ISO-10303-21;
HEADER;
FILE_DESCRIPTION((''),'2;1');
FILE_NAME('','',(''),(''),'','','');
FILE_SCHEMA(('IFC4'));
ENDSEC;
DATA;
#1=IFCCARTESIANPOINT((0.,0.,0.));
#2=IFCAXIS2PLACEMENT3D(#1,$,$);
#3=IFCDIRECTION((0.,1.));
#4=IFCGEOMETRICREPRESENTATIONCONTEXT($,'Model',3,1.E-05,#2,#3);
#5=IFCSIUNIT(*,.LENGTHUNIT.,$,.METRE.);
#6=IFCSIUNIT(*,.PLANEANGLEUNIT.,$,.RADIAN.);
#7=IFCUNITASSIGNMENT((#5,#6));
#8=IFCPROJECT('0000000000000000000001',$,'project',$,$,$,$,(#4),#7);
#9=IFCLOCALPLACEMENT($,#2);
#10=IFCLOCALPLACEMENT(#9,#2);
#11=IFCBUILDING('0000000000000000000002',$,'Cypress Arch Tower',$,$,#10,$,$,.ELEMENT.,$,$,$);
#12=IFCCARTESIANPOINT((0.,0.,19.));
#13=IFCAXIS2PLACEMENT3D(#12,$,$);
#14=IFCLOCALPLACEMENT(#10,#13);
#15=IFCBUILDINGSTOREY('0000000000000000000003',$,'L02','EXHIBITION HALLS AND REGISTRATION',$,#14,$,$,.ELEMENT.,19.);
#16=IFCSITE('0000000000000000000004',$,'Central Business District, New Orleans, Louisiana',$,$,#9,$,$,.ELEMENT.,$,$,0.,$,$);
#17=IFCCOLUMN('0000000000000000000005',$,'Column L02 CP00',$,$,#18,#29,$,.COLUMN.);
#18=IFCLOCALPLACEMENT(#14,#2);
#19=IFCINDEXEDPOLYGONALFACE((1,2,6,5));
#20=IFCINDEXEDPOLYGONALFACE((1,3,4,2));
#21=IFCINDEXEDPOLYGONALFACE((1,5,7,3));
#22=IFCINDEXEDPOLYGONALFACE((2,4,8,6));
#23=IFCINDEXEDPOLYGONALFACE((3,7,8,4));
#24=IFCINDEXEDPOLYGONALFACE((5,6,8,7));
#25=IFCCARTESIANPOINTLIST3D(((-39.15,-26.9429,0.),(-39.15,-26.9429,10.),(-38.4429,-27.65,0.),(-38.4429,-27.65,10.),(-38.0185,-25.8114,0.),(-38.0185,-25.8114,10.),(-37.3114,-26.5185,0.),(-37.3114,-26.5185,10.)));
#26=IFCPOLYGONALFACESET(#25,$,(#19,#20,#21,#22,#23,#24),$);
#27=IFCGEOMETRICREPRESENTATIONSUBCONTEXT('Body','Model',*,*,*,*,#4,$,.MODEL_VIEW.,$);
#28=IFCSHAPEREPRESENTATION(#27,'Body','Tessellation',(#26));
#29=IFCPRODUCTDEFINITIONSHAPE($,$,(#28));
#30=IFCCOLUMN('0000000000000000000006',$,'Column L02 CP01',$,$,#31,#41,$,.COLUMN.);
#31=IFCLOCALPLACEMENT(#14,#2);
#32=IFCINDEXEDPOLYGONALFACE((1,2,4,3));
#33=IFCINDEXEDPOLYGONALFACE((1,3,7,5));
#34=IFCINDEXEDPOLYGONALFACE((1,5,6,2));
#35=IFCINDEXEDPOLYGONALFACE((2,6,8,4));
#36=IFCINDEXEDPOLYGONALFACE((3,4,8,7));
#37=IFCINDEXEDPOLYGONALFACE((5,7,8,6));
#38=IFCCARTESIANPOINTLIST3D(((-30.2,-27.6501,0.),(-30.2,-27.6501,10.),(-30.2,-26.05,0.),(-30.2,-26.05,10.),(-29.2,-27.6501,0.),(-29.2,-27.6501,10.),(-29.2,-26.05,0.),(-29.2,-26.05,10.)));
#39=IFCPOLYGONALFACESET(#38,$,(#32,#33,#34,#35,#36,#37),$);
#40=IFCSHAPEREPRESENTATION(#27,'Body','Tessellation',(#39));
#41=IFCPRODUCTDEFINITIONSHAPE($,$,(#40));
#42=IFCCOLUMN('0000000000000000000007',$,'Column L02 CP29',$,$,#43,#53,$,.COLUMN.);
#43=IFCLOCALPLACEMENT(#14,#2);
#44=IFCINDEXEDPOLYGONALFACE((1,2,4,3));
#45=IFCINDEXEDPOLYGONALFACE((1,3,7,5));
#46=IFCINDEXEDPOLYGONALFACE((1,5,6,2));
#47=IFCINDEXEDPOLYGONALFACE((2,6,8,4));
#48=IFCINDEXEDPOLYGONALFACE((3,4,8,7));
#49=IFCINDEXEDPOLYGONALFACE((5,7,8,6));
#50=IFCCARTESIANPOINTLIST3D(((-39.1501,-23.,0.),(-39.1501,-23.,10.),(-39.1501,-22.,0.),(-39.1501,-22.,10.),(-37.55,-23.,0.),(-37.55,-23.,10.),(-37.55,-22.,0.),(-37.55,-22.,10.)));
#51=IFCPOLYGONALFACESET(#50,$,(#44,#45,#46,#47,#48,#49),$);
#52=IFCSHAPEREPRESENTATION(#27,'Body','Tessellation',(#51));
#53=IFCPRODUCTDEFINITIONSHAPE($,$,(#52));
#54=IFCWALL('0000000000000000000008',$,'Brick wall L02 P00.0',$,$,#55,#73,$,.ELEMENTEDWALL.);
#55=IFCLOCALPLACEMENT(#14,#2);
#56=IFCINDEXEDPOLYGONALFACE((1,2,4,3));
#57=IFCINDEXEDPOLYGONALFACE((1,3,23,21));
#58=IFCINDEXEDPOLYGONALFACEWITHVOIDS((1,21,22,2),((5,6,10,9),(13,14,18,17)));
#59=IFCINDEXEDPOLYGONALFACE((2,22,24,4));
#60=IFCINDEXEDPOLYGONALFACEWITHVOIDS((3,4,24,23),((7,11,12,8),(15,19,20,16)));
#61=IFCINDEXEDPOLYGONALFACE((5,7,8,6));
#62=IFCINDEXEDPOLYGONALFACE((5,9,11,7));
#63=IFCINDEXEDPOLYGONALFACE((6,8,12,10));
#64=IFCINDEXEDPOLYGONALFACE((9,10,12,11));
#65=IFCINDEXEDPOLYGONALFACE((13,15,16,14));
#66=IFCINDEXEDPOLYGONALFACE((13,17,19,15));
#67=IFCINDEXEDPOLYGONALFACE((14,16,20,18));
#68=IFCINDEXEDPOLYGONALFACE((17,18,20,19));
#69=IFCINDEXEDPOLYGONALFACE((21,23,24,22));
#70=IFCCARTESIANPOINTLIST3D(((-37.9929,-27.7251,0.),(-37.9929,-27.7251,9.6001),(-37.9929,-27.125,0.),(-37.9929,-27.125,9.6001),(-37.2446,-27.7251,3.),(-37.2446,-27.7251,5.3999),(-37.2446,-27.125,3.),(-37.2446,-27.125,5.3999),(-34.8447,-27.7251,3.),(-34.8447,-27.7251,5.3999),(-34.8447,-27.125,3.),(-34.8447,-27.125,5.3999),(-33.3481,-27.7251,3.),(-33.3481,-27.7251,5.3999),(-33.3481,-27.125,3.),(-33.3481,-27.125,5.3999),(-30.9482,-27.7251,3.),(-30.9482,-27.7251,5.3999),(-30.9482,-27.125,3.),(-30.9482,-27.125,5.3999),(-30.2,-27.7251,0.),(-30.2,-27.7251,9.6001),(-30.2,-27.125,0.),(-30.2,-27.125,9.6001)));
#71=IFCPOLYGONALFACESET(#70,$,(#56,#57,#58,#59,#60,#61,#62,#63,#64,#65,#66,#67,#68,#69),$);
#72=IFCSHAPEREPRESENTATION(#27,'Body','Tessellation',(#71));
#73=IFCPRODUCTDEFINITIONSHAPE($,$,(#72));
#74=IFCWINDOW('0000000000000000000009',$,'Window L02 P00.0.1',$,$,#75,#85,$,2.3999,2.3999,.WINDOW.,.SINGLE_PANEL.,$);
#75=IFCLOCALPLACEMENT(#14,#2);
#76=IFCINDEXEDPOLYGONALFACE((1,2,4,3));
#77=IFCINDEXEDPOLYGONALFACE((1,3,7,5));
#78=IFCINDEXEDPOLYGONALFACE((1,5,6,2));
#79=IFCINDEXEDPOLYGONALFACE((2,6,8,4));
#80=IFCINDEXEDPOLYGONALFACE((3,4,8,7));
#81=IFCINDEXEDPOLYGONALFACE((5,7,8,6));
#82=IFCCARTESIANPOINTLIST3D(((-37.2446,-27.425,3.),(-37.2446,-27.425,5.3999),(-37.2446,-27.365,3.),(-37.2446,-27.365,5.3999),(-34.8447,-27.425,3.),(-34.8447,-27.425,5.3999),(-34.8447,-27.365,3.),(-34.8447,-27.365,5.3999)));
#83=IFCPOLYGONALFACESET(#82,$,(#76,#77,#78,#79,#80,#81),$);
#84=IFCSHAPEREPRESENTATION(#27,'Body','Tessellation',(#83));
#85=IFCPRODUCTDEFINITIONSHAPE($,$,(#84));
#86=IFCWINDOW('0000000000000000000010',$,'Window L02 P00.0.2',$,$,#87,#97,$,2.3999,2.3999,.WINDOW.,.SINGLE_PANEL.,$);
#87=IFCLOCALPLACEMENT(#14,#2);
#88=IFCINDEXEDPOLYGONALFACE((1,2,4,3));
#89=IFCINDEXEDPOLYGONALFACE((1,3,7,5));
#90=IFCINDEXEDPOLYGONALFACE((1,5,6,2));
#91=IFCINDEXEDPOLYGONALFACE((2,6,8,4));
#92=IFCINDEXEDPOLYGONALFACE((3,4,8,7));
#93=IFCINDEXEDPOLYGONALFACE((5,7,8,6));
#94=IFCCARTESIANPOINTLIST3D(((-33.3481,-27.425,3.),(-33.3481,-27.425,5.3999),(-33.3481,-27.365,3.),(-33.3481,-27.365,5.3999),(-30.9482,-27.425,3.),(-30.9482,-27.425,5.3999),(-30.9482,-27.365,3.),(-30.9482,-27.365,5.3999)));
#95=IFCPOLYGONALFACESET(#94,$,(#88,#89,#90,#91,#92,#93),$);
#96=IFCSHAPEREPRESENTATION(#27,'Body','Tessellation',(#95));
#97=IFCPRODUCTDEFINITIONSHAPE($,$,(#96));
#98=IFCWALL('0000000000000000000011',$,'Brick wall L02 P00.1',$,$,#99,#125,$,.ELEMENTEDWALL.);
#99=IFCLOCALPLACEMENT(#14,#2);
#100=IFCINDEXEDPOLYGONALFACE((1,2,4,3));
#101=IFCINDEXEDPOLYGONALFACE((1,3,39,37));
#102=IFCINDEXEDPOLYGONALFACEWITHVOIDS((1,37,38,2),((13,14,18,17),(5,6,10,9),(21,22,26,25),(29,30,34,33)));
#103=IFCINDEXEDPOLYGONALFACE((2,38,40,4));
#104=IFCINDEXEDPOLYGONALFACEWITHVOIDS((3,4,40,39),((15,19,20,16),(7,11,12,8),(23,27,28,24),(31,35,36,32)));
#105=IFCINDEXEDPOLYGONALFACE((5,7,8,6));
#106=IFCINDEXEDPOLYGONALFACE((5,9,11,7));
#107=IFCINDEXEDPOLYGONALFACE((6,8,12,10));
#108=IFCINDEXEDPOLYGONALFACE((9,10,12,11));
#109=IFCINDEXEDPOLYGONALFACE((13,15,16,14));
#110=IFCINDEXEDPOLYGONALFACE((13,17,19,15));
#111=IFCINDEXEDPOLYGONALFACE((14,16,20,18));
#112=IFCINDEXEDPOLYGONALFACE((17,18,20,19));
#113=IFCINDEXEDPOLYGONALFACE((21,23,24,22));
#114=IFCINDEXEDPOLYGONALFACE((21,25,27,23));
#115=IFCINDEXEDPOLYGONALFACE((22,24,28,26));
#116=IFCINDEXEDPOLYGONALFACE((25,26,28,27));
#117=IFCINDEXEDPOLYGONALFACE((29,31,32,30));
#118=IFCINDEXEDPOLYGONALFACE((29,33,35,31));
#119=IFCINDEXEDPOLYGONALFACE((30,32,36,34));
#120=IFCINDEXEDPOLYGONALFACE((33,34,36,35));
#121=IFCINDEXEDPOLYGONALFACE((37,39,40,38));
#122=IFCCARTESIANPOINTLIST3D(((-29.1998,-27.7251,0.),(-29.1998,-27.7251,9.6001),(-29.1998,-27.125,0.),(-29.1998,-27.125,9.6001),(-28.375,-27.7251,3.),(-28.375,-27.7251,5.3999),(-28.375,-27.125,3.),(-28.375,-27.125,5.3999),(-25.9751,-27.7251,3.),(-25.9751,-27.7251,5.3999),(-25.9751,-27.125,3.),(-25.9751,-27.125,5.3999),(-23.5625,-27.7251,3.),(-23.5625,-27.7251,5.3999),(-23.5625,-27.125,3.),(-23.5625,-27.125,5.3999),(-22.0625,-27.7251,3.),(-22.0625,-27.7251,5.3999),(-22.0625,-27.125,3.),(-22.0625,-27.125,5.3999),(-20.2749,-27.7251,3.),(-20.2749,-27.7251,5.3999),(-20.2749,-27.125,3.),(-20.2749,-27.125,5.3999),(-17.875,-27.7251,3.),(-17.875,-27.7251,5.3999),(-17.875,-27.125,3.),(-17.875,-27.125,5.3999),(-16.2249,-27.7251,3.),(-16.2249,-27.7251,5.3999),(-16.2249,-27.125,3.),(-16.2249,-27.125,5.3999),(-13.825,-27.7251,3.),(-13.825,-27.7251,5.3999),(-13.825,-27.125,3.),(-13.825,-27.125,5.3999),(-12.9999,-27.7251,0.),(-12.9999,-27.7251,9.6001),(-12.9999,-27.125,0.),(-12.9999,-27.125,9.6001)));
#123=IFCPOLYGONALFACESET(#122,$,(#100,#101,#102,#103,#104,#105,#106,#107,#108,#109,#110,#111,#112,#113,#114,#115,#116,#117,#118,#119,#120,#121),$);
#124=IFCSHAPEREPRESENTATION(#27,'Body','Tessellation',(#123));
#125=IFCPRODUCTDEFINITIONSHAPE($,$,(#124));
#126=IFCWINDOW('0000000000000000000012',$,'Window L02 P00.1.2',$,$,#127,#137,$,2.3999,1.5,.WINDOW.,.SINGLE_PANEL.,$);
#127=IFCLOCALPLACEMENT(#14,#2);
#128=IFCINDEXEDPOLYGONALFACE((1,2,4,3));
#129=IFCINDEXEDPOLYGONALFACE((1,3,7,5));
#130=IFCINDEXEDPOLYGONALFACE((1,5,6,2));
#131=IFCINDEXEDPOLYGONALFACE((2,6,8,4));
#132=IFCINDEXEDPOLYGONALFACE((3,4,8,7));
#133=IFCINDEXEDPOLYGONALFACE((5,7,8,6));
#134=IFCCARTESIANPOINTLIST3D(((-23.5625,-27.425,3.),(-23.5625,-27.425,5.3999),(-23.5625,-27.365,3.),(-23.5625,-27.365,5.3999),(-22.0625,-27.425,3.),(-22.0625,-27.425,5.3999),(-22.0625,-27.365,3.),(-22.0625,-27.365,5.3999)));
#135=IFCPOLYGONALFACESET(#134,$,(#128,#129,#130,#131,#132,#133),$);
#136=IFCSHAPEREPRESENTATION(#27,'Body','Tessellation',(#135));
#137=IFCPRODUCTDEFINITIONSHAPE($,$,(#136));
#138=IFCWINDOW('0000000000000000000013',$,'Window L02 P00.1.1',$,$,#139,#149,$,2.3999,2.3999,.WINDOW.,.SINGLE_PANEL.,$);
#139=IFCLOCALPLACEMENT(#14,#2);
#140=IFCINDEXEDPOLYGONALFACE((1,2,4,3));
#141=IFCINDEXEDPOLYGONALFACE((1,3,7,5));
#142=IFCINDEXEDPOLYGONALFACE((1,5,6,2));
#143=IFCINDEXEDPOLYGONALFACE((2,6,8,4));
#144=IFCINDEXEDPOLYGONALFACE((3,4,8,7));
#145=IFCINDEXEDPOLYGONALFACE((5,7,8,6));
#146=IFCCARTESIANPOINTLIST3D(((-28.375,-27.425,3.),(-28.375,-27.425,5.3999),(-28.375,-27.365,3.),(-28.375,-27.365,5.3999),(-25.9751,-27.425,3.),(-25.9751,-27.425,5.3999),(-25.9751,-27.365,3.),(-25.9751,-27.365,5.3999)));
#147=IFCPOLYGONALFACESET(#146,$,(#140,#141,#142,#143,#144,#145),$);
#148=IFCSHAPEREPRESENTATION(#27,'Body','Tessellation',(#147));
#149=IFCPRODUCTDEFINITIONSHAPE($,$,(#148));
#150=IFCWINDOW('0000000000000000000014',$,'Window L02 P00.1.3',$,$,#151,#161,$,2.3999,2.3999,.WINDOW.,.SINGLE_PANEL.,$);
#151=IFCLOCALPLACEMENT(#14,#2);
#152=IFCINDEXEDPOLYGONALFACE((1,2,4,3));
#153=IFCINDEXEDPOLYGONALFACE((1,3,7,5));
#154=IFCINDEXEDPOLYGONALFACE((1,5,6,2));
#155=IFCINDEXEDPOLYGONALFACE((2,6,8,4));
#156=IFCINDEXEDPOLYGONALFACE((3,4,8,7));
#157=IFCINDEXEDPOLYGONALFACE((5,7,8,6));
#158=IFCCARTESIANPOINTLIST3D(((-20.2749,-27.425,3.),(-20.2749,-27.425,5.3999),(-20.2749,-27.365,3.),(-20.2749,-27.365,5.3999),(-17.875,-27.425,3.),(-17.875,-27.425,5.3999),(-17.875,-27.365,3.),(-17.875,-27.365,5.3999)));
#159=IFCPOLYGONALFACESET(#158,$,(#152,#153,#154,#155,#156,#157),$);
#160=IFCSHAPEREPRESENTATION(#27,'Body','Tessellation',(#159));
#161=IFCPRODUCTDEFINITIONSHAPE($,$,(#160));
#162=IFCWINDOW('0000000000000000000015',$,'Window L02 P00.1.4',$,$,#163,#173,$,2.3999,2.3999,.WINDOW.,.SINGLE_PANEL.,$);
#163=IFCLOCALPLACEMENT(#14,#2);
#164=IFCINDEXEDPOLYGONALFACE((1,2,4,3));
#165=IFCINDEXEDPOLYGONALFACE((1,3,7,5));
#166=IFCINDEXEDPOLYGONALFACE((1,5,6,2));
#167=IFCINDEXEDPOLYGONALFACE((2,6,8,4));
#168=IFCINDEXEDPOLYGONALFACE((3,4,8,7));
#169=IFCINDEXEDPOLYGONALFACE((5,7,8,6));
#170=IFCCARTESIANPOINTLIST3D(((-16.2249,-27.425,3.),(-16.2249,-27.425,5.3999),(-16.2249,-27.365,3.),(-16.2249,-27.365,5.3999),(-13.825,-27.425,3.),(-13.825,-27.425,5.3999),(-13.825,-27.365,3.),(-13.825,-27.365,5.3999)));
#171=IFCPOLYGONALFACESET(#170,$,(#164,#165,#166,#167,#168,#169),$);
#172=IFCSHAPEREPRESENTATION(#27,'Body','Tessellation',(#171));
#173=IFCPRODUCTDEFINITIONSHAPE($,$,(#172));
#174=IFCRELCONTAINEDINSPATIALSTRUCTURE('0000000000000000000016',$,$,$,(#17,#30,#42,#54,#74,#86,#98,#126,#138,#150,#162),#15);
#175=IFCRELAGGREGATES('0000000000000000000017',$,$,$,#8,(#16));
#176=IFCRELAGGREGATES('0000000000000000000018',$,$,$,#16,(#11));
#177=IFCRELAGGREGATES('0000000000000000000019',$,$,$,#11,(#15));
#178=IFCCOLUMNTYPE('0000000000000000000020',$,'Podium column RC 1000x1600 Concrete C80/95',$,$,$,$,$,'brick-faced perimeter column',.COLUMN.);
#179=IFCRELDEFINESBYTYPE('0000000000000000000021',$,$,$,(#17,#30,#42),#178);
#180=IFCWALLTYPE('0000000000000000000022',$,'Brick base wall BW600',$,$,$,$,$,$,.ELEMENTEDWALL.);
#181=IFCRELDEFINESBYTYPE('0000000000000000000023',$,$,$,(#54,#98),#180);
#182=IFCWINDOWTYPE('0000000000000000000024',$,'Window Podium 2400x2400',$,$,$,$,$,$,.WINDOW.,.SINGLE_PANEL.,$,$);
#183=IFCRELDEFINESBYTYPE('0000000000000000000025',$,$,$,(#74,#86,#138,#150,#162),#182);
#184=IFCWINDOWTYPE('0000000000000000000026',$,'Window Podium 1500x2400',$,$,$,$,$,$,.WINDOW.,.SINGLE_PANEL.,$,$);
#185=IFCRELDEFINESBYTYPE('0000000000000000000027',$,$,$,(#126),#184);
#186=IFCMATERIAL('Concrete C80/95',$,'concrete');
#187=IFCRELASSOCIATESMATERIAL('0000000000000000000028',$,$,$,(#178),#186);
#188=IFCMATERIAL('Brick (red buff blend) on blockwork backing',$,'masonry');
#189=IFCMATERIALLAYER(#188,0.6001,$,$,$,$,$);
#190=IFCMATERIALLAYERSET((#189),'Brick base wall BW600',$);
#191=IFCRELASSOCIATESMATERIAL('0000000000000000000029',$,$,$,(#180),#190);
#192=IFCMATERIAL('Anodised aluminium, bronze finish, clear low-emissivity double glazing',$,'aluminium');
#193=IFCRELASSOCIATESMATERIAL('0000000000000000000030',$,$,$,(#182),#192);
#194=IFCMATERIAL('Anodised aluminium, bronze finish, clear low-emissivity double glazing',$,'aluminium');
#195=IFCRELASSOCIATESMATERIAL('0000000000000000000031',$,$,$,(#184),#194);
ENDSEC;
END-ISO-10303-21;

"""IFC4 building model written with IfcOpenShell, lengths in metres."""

from ifc_helpers import new_model, si_unit, direction, frame, frame_2d, origin, origin_2d, place, context, subcontext, project, spatial, rectangle, extrude, material, layer, layer_set, material_profile, profile_set, type_object, element, fill, save


model = new_model("IFC4")

# Units and contexts
model_context = context("Model", 3, precision=1e-05, world=origin(), true_north=direction((0.0, 1.0)))
body_context = subcontext(model_context, "Body", "Model", "MODEL_VIEW")
ifc_project = project(units=[si_unit("LENGTHUNIT", "METRE"), si_unit("PLANEANGLEUNIT", "RADIAN")], contexts=[model_context])

# Site, building, storey
site_placement = place(None, origin())
site = spatial("IfcSite", under=ifc_project, at=site_placement, Name="Central Business District, New Orleans, Louisiana", CompositionType="ELEMENT", RefElevation=0.0)
building_placement = place(site_placement, origin())
building = spatial("IfcBuilding", under=site, at=building_placement, Name="Cypress Arch Tower", CompositionType="ELEMENT")
storey_placement = place(building_placement, frame((0.0, 0.0, 19.0)))
storey = spatial("IfcBuildingStorey", under=building, at=storey_placement, Name="L02", Description="EXHIBITION HALLS AND REGISTRATION", CompositionType="ELEMENT", Elevation=19.0)

# Columns
ifc_material_1 = material(Name="Concrete C80/95", Category="concrete")
ifc_material_profile = material_profile(ifc_material_1, rectangle(XDim=1.0, YDim=1.6001, at=origin_2d()), Name="RC 1000x1600")
ifc_profile_set = profile_set([ifc_material_profile], Name="Concrete C80/95")
column_type = type_object("IfcColumnType", Name="Podium column RC 1000x1600 Concrete C80/95", ElementType="brick-faced perimeter column", PredefinedType="COLUMN", material=ifc_profile_set)
for number, where, z_axis, x_axis, name in (
    (1, (-38.2307, -26.7307, 0.0), (0.0, 0.0, 1.0), (0.707107, -0.707107, 0.0), "Column L02 CP00"),
    (2, (-29.7, -26.8501, 0.0), (0.0, 0.0, 1.0), (1.0, 0.0, 0.0), "Column L02 CP01"),
    (3, (-38.3501, -22.5, 0.0), (0.0, 0.0, 1.0), (0.0, -1.0, 0.0), "Column L02 CP29"),
):
    element("IfcColumn", number, at=place(storey_placement, frame(where, z_axis=z_axis, x_axis=x_axis)), inside=storey, type_object=column_type, Name=name, PredefinedType="COLUMN", context=body_context, shape_type="SweptSolid", body=[
        extrude(rectangle(XDim=1.0, YDim=1.6001, at=origin_2d()), origin(), (0.0, 0.0, 1.0), 10.0),
    ])

# Walls, openings, windows
ifc_material_2 = material(Name="Brick (red buff blend) on blockwork backing", Category="masonry")
ifc_layer_1 = layer(ifc_material_2, 0.6001)
ifc_layer_set_1 = layer_set([ifc_layer_1], Name="Brick base wall BW600")
wall_type_1 = type_object("IfcWallType", Name="Brick base wall BW600", PredefinedType="ELEMENTEDWALL", material=ifc_layer_set_1)
wall_1_placement = place(storey_placement, frame((-37.9929, -27.425, 0.0), z_axis=(0.0, 0.0, 1.0), x_axis=(1.0, 0.0, 0.0)))
wall_1 = element("IfcWall", 4, at=wall_1_placement, inside=storey, type_object=wall_type_1, Name="Brick wall L02 P00.0", PredefinedType="ELEMENTEDWALL", context=body_context, shape_type="SweptSolid", body=[
    extrude(rectangle(XDim=7.793, YDim=0.6001, at=frame_2d((3.8965, 0.0))), origin(), (0.0, 0.0, 1.0), 9.6001),
])
opening_1_placement = place(wall_1_placement, frame((0.7483, 0.0, 3.0)))
opening_1 = element("IfcOpeningElement", 5, at=opening_1_placement, cuts=wall_1, PredefinedType="OPENING", context=body_context, shape_type="SweptSolid", body=[
    extrude(rectangle(XDim=2.3999, YDim=2.3999, at=frame_2d((1.2, 1.2))), frame((0.0, 0.3101, 0.0), z_axis=(0.0, -1.0, 0.0), x_axis=(1.0, 0.0, 0.0)), (0.0, 0.0, 1.0), 0.6201),
])
opening_2_placement = place(wall_1_placement, frame((4.6448, 0.0, 3.0)))
opening_2 = element("IfcOpeningElement", 6, at=opening_2_placement, cuts=wall_1, PredefinedType="OPENING", context=body_context, shape_type="SweptSolid", body=[
    extrude(rectangle(XDim=2.3999, YDim=2.3999, at=frame_2d((1.2, 1.2))), frame((0.0, 0.3101, 0.0), z_axis=(0.0, -1.0, 0.0), x_axis=(1.0, 0.0, 0.0)), (0.0, 0.0, 1.0), 0.6201),
])
ifc_material_3 = material(Name="Anodised aluminium, bronze finish, clear low-emissivity double glazing", Category="aluminium")
window_type_1 = type_object("IfcWindowType", Name="Window Podium 2400x2400", PartitioningType="SINGLE_PANEL", PredefinedType="WINDOW", material=ifc_material_3)
window_1_placement = place(opening_1_placement, origin())
window_1 = element("IfcWindow", 7, at=window_1_placement, inside=storey, type_object=window_type_1, Name="Window L02 P00.0.1", OverallHeight=2.3999, OverallWidth=2.3999, PartitioningType="SINGLE_PANEL", PredefinedType="WINDOW", context=body_context, shape_type="SweptSolid", body=[
    extrude(rectangle(XDim=2.3999, YDim=2.3999, at=frame_2d((1.2, 1.2))), frame((0.0, 0.0601, 0.0), z_axis=(0.0, -1.0, 0.0), x_axis=(1.0, 0.0, 0.0)), (0.0, 0.0, 1.0), 0.0601),
])
fill(opening_1, window_1)
window_2_placement = place(opening_2_placement, origin())
window_2 = element("IfcWindow", 8, at=window_2_placement, inside=storey, type_object=window_type_1, Name="Window L02 P00.0.2", OverallHeight=2.3999, OverallWidth=2.3999, PartitioningType="SINGLE_PANEL", PredefinedType="WINDOW", context=body_context, shape_type="SweptSolid", body=[
    extrude(rectangle(XDim=2.3999, YDim=2.3999, at=frame_2d((1.2, 1.2))), frame((0.0, 0.0601, 0.0), z_axis=(0.0, -1.0, 0.0), x_axis=(1.0, 0.0, 0.0)), (0.0, 0.0, 1.0), 0.0601),
])
fill(opening_2, window_2)
wall_2_placement = place(storey_placement, frame((-29.2, -27.425, 0.0), z_axis=(0.0, 0.0, 1.0), x_axis=(1.0, 0.0, 0.0)))
wall_2 = element("IfcWall", 9, at=wall_2_placement, inside=storey, type_object=wall_type_1, Name="Brick wall L02 P00.1", PredefinedType="ELEMENTEDWALL", context=body_context, shape_type="SweptSolid", body=[
    extrude(rectangle(XDim=16.2, YDim=0.6001, at=frame_2d((8.1001, 0.0))), origin(), (0.0, 0.0, 1.0), 9.6001),
])
opening_3_placement = place(wall_2_placement, frame((0.825, 0.0, 3.0)))
opening_3 = element("IfcOpeningElement", 10, at=opening_3_placement, cuts=wall_2, PredefinedType="OPENING", context=body_context, shape_type="SweptSolid", body=[
    extrude(rectangle(XDim=2.3999, YDim=2.3999, at=frame_2d((1.2, 1.2))), frame((0.0, 0.3101, 0.0), z_axis=(0.0, -1.0, 0.0), x_axis=(1.0, 0.0, 0.0)), (0.0, 0.0, 1.0), 0.6201),
])
opening_4_placement = place(wall_2_placement, frame((8.925, 0.0, 3.0)))
opening_4 = element("IfcOpeningElement", 11, at=opening_4_placement, cuts=wall_2, PredefinedType="OPENING", context=body_context, shape_type="SweptSolid", body=[
    extrude(rectangle(XDim=2.3999, YDim=2.3999, at=frame_2d((1.2, 1.2))), frame((0.0, 0.3101, 0.0), z_axis=(0.0, -1.0, 0.0), x_axis=(1.0, 0.0, 0.0)), (0.0, 0.0, 1.0), 0.6201),
])
opening_5_placement = place(wall_2_placement, frame((12.9751, 0.0, 3.0)))
opening_5 = element("IfcOpeningElement", 12, at=opening_5_placement, cuts=wall_2, PredefinedType="OPENING", context=body_context, shape_type="SweptSolid", body=[
    extrude(rectangle(XDim=2.3999, YDim=2.3999, at=frame_2d((1.2, 1.2))), frame((0.0, 0.3101, 0.0), z_axis=(0.0, -1.0, 0.0), x_axis=(1.0, 0.0, 0.0)), (0.0, 0.0, 1.0), 0.6201),
])
opening_6_placement = place(wall_2_placement, frame((5.6375, 0.0, 3.0)))
opening_6 = element("IfcOpeningElement", 13, at=opening_6_placement, cuts=wall_2, PredefinedType="OPENING", context=body_context, shape_type="SweptSolid", body=[
    extrude(rectangle(XDim=1.5, YDim=2.3999, at=frame_2d((0.75, 1.2))), frame((0.0, 0.3101, 0.0), z_axis=(0.0, -1.0, 0.0), x_axis=(1.0, 0.0, 0.0)), (0.0, 0.0, 1.0), 0.6201),
])
ifc_material_4 = material(Name="Anodised aluminium, bronze finish, clear low-emissivity double glazing", Category="aluminium")
window_type_2 = type_object("IfcWindowType", Name="Window Podium 1500x2400", PartitioningType="SINGLE_PANEL", PredefinedType="WINDOW", material=ifc_material_4)
window_3_placement = place(opening_6_placement, origin())
window_3 = element("IfcWindow", 14, at=window_3_placement, inside=storey, type_object=window_type_2, Name="Window L02 P00.1.2", OverallHeight=2.3999, OverallWidth=1.5, PartitioningType="SINGLE_PANEL", PredefinedType="WINDOW", context=body_context, shape_type="SweptSolid", body=[
    extrude(rectangle(XDim=1.5, YDim=2.3999, at=frame_2d((0.75, 1.2))), frame((0.0, 0.0601, 0.0), z_axis=(0.0, -1.0, 0.0), x_axis=(1.0, 0.0, 0.0)), (0.0, 0.0, 1.0), 0.0601),
])
fill(opening_6, window_3)
window_4_placement = place(opening_3_placement, origin())
window_4 = element("IfcWindow", 15, at=window_4_placement, inside=storey, type_object=window_type_1, Name="Window L02 P00.1.1", OverallHeight=2.3999, OverallWidth=2.3999, PartitioningType="SINGLE_PANEL", PredefinedType="WINDOW", context=body_context, shape_type="SweptSolid", body=[
    extrude(rectangle(XDim=2.3999, YDim=2.3999, at=frame_2d((1.2, 1.2))), frame((0.0, 0.0601, 0.0), z_axis=(0.0, -1.0, 0.0), x_axis=(1.0, 0.0, 0.0)), (0.0, 0.0, 1.0), 0.0601),
])
fill(opening_3, window_4)
window_5_placement = place(opening_4_placement, origin())
window_5 = element("IfcWindow", 16, at=window_5_placement, inside=storey, type_object=window_type_1, Name="Window L02 P00.1.3", OverallHeight=2.3999, OverallWidth=2.3999, PartitioningType="SINGLE_PANEL", PredefinedType="WINDOW", context=body_context, shape_type="SweptSolid", body=[
    extrude(rectangle(XDim=2.3999, YDim=2.3999, at=frame_2d((1.2, 1.2))), frame((0.0, 0.0601, 0.0), z_axis=(0.0, -1.0, 0.0), x_axis=(1.0, 0.0, 0.0)), (0.0, 0.0, 1.0), 0.0601),
])
fill(opening_4, window_5)
window_6_placement = place(opening_5_placement, origin())
window_6 = element("IfcWindow", 17, at=window_6_placement, inside=storey, type_object=window_type_1, Name="Window L02 P00.1.4", OverallHeight=2.3999, OverallWidth=2.3999, PartitioningType="SINGLE_PANEL", PredefinedType="WINDOW", context=body_context, shape_type="SweptSolid", body=[
    extrude(rectangle(XDim=2.3999, YDim=2.3999, at=frame_2d((1.2, 1.2))), frame((0.0, 0.0601, 0.0), z_axis=(0.0, -1.0, 0.0), x_axis=(1.0, 0.0, 0.0)), (0.0, 0.0, 1.0), 0.0601),
])
fill(opening_5, window_6)

save(model, "model.ifc")
